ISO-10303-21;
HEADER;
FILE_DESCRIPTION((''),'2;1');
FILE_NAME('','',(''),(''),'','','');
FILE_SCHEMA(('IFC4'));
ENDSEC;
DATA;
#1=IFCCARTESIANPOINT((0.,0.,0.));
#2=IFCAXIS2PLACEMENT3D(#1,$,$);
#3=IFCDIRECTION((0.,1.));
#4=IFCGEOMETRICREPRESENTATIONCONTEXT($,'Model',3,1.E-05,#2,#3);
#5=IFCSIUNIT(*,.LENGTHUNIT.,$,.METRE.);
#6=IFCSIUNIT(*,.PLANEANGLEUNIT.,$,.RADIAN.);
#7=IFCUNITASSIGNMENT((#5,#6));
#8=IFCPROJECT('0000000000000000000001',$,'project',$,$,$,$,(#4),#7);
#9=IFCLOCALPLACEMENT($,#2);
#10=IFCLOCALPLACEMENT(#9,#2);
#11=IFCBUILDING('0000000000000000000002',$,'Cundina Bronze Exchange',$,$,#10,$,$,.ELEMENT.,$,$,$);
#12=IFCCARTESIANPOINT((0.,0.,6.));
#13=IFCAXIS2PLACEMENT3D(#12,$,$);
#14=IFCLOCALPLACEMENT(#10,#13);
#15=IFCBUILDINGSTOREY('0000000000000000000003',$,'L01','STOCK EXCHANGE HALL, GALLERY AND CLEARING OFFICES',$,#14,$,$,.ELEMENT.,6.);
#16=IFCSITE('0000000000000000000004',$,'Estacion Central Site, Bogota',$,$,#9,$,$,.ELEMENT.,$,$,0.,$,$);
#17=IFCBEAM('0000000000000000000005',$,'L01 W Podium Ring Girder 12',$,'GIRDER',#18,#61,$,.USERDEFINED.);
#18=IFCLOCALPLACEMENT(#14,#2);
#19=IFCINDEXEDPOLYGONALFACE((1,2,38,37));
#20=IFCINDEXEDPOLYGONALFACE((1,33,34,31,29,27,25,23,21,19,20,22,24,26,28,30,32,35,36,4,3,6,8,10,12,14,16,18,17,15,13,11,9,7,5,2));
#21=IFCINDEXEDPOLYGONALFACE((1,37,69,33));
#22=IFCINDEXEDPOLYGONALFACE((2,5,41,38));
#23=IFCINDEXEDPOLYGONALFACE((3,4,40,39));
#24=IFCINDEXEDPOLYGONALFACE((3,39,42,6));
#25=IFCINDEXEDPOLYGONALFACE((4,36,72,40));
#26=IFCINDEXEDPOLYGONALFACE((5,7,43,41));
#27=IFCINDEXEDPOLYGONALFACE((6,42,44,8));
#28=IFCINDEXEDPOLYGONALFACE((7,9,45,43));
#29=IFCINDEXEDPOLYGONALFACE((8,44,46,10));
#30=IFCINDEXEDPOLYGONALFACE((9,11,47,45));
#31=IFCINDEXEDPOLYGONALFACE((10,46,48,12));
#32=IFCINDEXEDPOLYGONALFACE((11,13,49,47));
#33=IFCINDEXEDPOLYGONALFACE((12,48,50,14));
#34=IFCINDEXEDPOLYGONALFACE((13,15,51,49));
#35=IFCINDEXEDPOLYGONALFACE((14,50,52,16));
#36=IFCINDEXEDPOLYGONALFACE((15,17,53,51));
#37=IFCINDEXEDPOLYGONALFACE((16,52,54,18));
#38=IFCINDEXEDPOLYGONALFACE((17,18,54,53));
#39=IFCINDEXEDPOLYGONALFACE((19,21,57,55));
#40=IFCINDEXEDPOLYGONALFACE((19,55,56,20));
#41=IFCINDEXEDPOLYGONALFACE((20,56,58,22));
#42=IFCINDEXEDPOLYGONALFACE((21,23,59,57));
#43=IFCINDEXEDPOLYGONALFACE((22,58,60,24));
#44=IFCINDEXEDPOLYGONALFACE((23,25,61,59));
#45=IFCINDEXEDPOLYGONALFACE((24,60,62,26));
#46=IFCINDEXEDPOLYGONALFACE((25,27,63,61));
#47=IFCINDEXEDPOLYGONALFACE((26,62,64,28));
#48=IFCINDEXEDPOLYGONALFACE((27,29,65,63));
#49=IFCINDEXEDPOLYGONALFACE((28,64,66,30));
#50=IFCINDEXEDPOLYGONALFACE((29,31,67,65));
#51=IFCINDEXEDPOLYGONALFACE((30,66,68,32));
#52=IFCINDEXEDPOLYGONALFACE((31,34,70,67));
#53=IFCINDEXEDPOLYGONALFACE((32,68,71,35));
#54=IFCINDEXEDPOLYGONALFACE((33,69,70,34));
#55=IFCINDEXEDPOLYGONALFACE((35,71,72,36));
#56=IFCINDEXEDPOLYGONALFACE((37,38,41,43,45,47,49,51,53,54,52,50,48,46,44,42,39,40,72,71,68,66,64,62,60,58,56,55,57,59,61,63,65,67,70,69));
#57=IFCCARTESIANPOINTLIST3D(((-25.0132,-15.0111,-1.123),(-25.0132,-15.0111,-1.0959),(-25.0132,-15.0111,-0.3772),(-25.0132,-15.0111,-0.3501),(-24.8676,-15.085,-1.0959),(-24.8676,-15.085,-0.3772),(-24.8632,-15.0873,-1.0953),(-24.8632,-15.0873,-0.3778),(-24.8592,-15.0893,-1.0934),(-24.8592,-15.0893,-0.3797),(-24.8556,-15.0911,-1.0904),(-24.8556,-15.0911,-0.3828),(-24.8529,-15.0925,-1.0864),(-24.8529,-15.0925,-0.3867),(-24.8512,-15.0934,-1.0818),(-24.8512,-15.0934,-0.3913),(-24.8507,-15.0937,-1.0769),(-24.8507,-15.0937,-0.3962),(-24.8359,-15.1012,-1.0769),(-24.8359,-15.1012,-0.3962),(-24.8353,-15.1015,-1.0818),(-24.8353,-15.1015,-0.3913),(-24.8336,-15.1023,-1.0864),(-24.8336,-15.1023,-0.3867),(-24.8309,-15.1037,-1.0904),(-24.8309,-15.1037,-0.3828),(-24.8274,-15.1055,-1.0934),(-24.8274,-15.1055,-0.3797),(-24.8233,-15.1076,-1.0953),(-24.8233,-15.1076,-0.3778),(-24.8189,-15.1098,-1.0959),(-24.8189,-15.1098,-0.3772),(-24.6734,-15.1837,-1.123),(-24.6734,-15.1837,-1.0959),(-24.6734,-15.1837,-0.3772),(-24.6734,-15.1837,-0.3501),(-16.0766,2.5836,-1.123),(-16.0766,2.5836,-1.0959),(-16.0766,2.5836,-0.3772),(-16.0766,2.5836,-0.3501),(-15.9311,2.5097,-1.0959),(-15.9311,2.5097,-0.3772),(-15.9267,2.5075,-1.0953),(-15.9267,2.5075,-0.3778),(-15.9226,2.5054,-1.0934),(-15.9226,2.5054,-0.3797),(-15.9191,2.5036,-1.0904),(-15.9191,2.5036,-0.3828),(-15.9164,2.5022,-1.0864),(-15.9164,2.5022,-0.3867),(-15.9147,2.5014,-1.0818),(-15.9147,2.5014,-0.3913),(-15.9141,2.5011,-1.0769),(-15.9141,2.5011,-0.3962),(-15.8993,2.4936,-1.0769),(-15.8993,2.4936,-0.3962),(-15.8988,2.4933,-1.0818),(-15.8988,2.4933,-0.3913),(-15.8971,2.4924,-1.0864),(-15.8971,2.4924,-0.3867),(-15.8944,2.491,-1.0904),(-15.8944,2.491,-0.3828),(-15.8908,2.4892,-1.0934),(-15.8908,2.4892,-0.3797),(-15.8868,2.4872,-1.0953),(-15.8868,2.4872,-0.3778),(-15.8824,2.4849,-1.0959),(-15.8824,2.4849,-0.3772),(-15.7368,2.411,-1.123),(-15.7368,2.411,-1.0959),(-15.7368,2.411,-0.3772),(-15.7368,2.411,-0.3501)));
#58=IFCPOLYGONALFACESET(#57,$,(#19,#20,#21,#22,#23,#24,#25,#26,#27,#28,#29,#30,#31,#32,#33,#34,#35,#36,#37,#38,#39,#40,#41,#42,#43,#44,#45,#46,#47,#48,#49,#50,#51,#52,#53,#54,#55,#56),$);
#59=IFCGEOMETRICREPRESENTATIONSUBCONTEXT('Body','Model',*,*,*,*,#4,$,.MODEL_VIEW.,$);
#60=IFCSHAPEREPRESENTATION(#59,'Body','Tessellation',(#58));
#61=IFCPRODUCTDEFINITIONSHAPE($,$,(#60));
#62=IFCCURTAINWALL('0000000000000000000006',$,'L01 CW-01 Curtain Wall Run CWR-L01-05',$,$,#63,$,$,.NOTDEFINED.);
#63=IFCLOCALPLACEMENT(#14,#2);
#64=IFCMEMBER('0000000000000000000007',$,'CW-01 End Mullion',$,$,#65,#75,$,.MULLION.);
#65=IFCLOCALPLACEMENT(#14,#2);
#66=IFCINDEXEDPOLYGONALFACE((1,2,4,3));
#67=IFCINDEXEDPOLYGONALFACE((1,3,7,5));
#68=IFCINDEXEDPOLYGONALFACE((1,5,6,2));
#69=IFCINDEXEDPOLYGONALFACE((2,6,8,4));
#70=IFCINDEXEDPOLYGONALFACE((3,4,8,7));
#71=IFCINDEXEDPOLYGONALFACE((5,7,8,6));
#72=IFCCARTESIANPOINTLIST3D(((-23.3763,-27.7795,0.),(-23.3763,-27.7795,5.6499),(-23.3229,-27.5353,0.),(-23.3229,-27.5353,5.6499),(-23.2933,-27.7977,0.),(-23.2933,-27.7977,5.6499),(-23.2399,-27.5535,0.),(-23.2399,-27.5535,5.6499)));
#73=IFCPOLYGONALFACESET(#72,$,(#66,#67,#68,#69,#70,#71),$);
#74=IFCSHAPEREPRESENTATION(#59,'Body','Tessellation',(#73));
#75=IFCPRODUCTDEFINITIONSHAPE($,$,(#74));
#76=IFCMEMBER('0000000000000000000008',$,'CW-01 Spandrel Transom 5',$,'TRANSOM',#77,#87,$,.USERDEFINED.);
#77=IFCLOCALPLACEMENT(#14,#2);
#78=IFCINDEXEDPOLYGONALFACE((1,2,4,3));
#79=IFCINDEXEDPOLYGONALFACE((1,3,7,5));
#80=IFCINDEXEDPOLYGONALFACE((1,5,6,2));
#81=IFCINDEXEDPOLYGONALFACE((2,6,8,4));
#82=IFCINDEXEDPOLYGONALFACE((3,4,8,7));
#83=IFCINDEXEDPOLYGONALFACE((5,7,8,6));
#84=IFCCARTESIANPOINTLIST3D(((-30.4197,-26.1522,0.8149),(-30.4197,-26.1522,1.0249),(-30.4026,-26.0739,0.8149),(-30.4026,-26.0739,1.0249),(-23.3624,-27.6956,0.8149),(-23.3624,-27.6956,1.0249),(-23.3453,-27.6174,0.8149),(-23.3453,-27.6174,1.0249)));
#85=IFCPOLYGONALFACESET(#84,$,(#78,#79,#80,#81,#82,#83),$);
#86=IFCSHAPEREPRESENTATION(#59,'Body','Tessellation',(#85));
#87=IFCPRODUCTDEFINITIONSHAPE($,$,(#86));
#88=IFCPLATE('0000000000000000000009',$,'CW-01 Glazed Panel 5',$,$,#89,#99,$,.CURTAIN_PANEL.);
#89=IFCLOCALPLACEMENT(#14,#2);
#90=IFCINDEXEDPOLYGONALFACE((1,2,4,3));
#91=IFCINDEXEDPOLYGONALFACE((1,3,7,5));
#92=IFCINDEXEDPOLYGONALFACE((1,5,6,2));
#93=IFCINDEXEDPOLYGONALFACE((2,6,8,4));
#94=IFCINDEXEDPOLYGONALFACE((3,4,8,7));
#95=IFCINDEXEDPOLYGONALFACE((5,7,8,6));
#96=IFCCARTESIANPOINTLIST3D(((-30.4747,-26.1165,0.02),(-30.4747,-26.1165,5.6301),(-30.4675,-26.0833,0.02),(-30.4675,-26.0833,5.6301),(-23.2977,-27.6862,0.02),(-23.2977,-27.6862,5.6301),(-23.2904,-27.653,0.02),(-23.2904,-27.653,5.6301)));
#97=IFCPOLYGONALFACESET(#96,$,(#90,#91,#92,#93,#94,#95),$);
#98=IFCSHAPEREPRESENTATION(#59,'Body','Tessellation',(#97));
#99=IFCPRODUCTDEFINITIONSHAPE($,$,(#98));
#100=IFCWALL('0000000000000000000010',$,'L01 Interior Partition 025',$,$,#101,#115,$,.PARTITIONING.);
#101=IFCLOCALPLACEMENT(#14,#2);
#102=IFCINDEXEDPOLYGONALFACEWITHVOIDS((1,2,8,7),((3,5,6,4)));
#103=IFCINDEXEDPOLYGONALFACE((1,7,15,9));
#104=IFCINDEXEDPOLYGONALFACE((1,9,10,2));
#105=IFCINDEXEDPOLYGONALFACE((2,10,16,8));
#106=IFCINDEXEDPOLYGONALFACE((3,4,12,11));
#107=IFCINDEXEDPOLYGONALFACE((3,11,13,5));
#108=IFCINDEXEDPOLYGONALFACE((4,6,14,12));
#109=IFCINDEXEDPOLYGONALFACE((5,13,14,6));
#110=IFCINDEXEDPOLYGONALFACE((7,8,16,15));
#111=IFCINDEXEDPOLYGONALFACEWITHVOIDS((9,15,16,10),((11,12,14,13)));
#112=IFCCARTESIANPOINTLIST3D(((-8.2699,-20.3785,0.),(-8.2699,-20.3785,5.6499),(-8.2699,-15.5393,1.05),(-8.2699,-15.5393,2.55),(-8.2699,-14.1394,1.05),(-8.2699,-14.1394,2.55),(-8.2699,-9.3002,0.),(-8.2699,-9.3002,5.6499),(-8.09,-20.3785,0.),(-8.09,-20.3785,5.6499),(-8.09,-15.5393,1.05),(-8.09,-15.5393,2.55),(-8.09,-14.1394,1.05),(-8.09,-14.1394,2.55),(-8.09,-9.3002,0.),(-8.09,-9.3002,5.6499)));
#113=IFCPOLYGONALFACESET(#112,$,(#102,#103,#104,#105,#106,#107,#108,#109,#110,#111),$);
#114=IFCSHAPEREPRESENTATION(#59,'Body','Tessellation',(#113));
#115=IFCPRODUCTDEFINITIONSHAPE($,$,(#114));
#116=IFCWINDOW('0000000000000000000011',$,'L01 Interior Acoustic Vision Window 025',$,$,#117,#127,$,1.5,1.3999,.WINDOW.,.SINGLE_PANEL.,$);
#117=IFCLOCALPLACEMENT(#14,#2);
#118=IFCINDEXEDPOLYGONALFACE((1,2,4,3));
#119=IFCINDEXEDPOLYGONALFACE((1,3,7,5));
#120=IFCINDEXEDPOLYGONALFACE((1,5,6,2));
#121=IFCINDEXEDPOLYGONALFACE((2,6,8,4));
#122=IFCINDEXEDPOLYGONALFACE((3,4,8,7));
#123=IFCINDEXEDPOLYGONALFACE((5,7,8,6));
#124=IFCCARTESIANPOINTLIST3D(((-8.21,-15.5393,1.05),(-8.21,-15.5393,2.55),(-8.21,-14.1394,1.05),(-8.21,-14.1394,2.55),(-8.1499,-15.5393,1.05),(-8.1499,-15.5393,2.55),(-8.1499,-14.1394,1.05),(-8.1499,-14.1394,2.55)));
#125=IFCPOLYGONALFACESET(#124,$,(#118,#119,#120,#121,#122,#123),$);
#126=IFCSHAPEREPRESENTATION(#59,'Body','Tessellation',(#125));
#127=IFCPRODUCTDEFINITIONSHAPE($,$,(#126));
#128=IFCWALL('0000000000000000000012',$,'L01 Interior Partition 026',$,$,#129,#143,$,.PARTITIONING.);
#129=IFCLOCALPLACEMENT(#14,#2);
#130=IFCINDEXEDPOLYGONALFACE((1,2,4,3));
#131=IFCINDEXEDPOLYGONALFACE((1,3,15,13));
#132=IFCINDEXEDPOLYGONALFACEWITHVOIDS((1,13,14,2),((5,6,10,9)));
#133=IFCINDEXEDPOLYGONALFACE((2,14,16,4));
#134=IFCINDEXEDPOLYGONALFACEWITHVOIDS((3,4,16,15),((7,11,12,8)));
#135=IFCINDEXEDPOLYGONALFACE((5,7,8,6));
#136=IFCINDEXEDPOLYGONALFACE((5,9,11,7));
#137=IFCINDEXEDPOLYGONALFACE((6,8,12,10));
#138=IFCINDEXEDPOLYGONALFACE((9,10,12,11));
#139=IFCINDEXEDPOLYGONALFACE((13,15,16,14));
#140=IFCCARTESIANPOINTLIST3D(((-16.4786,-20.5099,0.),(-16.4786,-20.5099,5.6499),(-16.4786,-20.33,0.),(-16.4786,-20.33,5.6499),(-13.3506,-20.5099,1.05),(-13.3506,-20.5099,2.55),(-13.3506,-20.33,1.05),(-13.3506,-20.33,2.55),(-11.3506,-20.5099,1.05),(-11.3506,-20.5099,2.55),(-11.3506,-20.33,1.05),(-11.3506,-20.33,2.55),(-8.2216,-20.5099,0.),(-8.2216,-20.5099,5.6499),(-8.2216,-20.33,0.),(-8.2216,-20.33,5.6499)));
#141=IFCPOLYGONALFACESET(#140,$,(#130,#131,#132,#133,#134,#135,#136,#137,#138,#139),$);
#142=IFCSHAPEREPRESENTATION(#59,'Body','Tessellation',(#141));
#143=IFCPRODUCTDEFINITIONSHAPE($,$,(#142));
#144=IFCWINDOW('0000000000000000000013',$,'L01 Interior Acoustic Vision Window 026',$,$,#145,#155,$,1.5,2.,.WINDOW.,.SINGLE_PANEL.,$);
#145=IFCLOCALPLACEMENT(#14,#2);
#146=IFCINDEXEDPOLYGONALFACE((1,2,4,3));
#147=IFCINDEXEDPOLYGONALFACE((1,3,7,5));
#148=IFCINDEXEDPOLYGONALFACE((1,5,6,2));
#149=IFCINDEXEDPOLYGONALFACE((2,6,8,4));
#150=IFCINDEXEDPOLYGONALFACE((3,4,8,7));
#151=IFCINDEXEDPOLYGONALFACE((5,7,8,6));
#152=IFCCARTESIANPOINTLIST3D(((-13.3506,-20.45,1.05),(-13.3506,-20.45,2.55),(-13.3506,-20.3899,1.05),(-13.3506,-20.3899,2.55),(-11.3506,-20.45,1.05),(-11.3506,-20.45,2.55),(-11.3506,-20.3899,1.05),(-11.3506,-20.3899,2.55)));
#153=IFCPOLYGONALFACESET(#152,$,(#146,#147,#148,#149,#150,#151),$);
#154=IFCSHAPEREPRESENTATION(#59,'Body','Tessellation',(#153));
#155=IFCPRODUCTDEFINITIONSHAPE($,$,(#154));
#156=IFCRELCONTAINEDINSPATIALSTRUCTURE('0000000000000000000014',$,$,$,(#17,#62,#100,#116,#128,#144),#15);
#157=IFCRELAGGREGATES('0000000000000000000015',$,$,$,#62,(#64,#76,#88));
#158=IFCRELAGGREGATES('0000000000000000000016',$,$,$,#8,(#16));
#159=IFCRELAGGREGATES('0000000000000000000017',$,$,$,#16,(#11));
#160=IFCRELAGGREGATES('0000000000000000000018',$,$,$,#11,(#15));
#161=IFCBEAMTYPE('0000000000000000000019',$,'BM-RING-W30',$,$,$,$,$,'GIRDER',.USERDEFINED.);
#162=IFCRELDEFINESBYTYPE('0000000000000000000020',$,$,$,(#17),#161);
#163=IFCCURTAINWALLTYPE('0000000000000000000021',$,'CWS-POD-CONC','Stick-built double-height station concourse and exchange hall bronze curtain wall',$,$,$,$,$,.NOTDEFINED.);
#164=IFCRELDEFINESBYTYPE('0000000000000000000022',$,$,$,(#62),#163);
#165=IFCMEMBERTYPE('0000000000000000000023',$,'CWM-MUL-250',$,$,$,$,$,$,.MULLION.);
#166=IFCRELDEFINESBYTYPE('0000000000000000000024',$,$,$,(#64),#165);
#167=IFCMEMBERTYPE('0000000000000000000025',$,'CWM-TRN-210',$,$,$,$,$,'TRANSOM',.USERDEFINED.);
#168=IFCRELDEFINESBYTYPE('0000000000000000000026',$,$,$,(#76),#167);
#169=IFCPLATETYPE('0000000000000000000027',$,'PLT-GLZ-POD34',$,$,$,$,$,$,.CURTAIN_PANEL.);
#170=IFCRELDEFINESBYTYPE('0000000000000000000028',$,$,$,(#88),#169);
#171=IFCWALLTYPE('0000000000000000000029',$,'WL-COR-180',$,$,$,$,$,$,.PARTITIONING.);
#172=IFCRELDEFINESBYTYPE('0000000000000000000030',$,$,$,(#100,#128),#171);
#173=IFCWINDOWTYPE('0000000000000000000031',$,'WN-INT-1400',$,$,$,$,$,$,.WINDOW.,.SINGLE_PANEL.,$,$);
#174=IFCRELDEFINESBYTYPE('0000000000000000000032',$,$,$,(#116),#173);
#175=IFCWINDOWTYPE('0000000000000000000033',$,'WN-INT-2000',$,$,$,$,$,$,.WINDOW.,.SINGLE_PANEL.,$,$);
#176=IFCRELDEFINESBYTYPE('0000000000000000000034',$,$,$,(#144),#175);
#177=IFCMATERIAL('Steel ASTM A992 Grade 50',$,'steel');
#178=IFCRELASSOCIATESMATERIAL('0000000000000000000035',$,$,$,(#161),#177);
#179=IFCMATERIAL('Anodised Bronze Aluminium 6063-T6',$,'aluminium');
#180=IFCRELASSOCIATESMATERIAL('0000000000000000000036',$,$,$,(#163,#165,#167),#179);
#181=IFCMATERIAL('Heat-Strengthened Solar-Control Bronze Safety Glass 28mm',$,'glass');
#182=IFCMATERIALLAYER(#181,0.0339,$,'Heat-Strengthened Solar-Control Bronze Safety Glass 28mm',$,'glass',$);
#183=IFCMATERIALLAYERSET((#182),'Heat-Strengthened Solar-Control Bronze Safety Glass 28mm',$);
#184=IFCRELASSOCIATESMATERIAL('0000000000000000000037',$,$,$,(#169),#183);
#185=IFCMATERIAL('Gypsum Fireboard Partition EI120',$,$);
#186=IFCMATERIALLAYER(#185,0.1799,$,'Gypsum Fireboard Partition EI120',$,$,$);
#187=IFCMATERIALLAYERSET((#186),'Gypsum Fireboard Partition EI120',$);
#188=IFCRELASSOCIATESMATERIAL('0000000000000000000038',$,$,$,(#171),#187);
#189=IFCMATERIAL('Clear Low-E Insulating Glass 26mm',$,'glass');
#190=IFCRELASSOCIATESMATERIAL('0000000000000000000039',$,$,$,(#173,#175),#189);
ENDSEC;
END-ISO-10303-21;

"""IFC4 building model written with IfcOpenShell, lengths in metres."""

from ifc_helpers import new_model, si_unit, direction, frame, frame_2d, origin, origin_2d, place, context, subcontext, project, spatial, rectangle, i_section, extrude, material, layer, layer_set, material_profile, profile_set, type_object, element, fill, aggregate, save


model = new_model("IFC4")

# Units and contexts
model_context = context("Model", 3, precision=1e-05, world=origin(), true_north=direction((0.0, 1.0)))
body_context = subcontext(model_context, "Body", "Model", "MODEL_VIEW")
ifc_project = project(units=[si_unit("LENGTHUNIT", "METRE"), si_unit("PLANEANGLEUNIT", "RADIAN")], contexts=[model_context])

# Site, building, storey
site_placement = place(None, origin())
site = spatial("IfcSite", under=ifc_project, at=site_placement, Name="Estacion Central Site, Bogota", CompositionType="ELEMENT", RefElevation=0.0)
building_placement = place(site_placement, origin())
building = spatial("IfcBuilding", under=site, at=building_placement, Name="Cundina Bronze Exchange", CompositionType="ELEMENT")
storey_placement = place(building_placement, frame((0.0, 0.0, 6.0)))
storey = spatial("IfcBuildingStorey", under=building, at=storey_placement, Name="L01", Description="STOCK EXCHANGE HALL, GALLERY AND CLEARING OFFICES", CompositionType="ELEMENT", Elevation=6.0)

# Beam
ifc_material_1 = material(Name="Steel ASTM A992 Grade 50", Category="steel")
ifc_material_profile_1 = material_profile(ifc_material_1, i_section(OverallWidth=0.3811, OverallDepth=0.7729, WebThickness=0.0166, FlangeThickness=0.0271, FilletRadius=0.019, at=origin_2d()), Name="W30X173", Category="steel")
ifc_profile_set_1 = profile_set([ifc_material_profile_1], Name="Steel ASTM A992 Grade 50")
beam_type_1 = type_object("IfcBeamType", Name="BM-RING-W30", ElementType="GIRDER", PredefinedType="USERDEFINED", material=ifc_profile_set_1)
beam_1_placement = place(storey_placement, frame((-24.8433, -15.0974, -0.7366), z_axis=(0.452846, 0.891589, 0.0), x_axis=(-0.891589, 0.452846, 0.0)))
element("IfcBeam", 1, at=beam_1_placement, inside=storey, type_object=beam_type_1, Name="L01 W Podium Ring Girder 12", ObjectType="GIRDER", PredefinedType="USERDEFINED", context=body_context, shape_type="SweptSolid", body=[
    extrude(i_section(OverallWidth=0.3811, OverallDepth=0.7729, WebThickness=0.0166, FlangeThickness=0.0271, FilletRadius=0.019, at=origin_2d()), origin(), (0.0, 0.0, 1.0), 19.7341),
])

# Curtain wall, members, plate
ifc_material_2 = material(Name="Anodised Bronze Aluminium 6063-T6", Category="aluminium")
curtain_wall_type = type_object("IfcCurtainWallType", Name="CWS-POD-CONC", Description="Stick-built double-height station concourse and exchange hall bronze curtain wall", PredefinedType="NOTDEFINED", material=ifc_material_2)
curtain_wall_placement = place(storey_placement, origin())
curtain_wall = element("IfcCurtainWall", 2, at=curtain_wall_placement, inside=storey, type_object=curtain_wall_type, Name="L01 CW-01 Curtain Wall Run CWR-L01-05", PredefinedType="NOTDEFINED")
ifc_material_profile_2 = material_profile(ifc_material_2, rectangle(XDim=0.085, YDim=0.25, at=origin_2d()), Name="AL85X250", Category="aluminium")
ifc_profile_set_2 = profile_set([ifc_material_profile_2], Name="Anodised Bronze Aluminium 6063-T6")
member_type_1 = type_object("IfcMemberType", Name="CWM-MUL-250", PredefinedType="MULLION", material=ifc_profile_set_2)
member_1_placement = place(storey_placement, frame((-23.3081, -27.6665, 0.0), z_axis=(0.0, 0.0, 1.0), x_axis=(0.976897, -0.213712, 0.0)))
member_1 = element("IfcMember", 3, at=member_1_placement, type_object=member_type_1, Name="CW-01 End Mullion", PredefinedType="MULLION", context=body_context, shape_type="SweptSolid", body=[
    extrude(rectangle(XDim=0.085, YDim=0.25, at=origin_2d()), origin(), (0.0, 0.0, 1.0), 5.6499),
])
ifc_material_profile_3 = material_profile(ifc_material_2, rectangle(XDim=0.0801, YDim=0.21, at=origin_2d()), Name="AL80X210", Category="aluminium")
ifc_profile_set_3 = profile_set([ifc_material_profile_3], Name="Anodised Bronze Aluminium 6063-T6")
member_type_2 = type_object("IfcMemberType", Name="CWM-TRN-210", ElementType="TRANSOM", PredefinedType="USERDEFINED", material=ifc_profile_set_3)
member_2_placement = place(storey_placement, frame((-30.4111, -26.113, 0.9199), z_axis=(0.97691, -0.213652, 0.0), x_axis=(0.213652, 0.97691, 0.0)))
member_2 = element("IfcMember", 4, at=member_2_placement, type_object=member_type_2, Name="CW-01 Spandrel Transom 5", ObjectType="TRANSOM", PredefinedType="USERDEFINED", context=body_context, shape_type="SweptSolid", body=[
    extrude(rectangle(XDim=0.0801, YDim=0.21, at=origin_2d()), origin(), (0.0, 0.0, 1.0), 7.2241),
])
ifc_material_3 = material(Name="Heat-Strengthened Solar-Control Bronze Safety Glass 28mm", Category="glass")
ifc_layer_1 = layer(ifc_material_3, 0.0339, Name="Heat-Strengthened Solar-Control Bronze Safety Glass 28mm", Category="glass")
ifc_layer_set_1 = layer_set([ifc_layer_1], Name="Heat-Strengthened Solar-Control Bronze Safety Glass 28mm")
plate_type = type_object("IfcPlateType", Name="PLT-GLZ-POD34", PredefinedType="CURTAIN_PANEL", material=ifc_layer_set_1)
plate_placement = place(storey_placement, frame((-26.8826, -26.8848, 0.02), z_axis=(0.0, 0.0, 1.0), x_axis=(0.976908, -0.213661, 0.0)))
plate = element("IfcPlate", 5, at=plate_placement, type_object=plate_type, Name="CW-01 Glazed Panel 5", PredefinedType="CURTAIN_PANEL", context=body_context, shape_type="SweptSolid", body=[
    extrude(rectangle(XDim=7.3467, YDim=0.0339, at=origin_2d()), origin(), (0.0, 0.0, 1.0), 5.6101),
])
aggregate(curtain_wall, [member_1, member_2, plate])

# Walls, openings, windows
ifc_material_4 = material(Name="Gypsum Fireboard Partition EI120")
ifc_layer_2 = layer(ifc_material_4, 0.1799, Name="Gypsum Fireboard Partition EI120")
ifc_layer_set_2 = layer_set([ifc_layer_2], Name="Gypsum Fireboard Partition EI120")
wall_type_1 = type_object("IfcWallType", Name="WL-COR-180", PredefinedType="PARTITIONING", material=ifc_layer_set_2)
wall_1_placement = place(storey_placement, frame((-8.1799, -20.3784, 0.0), z_axis=(0.0, 0.0, 1.0), x_axis=(0.0, 1.0, 0.0)))
wall_1 = element("IfcWall", 6, at=wall_1_placement, inside=storey, type_object=wall_type_1, Name="L01 Interior Partition 025", PredefinedType="PARTITIONING", context=body_context, shape_type="SweptSolid", body=[
    extrude(rectangle(XDim=11.0784, YDim=0.1799, at=frame_2d((5.5391, 0.0))), origin(), (0.0, 0.0, 1.0), 5.6499),
])
opening_1_placement = place(wall_1_placement, frame((4.8391, 0.0, 1.05)))
opening_1 = element("IfcOpeningElement", 7, at=opening_1_placement, cuts=wall_1, PredefinedType="OPENING", context=body_context, shape_type="SweptSolid", body=[
    extrude(rectangle(XDim=1.3999, YDim=1.5, at=frame_2d((0.7, 0.75))), frame((0.0, 0.0999, 0.0), z_axis=(0.0, -1.0, 0.0), x_axis=(1.0, 0.0, 0.0)), (0.0, 0.0, 1.0), 0.2),
])
ifc_material_5 = material(Name="Clear Low-E Insulating Glass 26mm", Category="glass")
window_type_1 = type_object("IfcWindowType", Name="WN-INT-1400", PartitioningType="SINGLE_PANEL", PredefinedType="WINDOW", material=ifc_material_5)
window_1_placement = place(opening_1_placement, origin())
window_1 = element("IfcWindow", 8, at=window_1_placement, inside=storey, type_object=window_type_1, Name="L01 Interior Acoustic Vision Window 025", OverallHeight=1.5, OverallWidth=1.3999, PartitioningType="SINGLE_PANEL", PredefinedType="WINDOW", context=body_context, shape_type="SweptSolid", body=[
    extrude(rectangle(XDim=1.3999, YDim=1.5, at=frame_2d((0.7, 0.75))), frame((0.0, 0.03, 0.0), z_axis=(0.0, -1.0, 0.0), x_axis=(1.0, 0.0, 0.0)), (0.0, 0.0, 1.0), 0.0601),
])
fill(opening_1, window_1)
wall_2_placement = place(storey_placement, frame((-16.4785, -20.4199, 0.0), z_axis=(0.0, 0.0, 1.0), x_axis=(1.0, 0.0, 0.0)))
wall_2 = element("IfcWall", 9, at=wall_2_placement, inside=storey, type_object=wall_type_1, Name="L01 Interior Partition 026", PredefinedType="PARTITIONING", context=body_context, shape_type="SweptSolid", body=[
    extrude(rectangle(XDim=8.2571, YDim=0.1799, at=frame_2d((4.1284, 0.0))), origin(), (0.0, 0.0, 1.0), 5.6499),
])
opening_2_placement = place(wall_2_placement, frame((3.1279, 0.0, 1.05)))
opening_2 = element("IfcOpeningElement", 10, at=opening_2_placement, cuts=wall_2, PredefinedType="OPENING", context=body_context, shape_type="SweptSolid", body=[
    extrude(rectangle(XDim=2.0, YDim=1.5, at=frame_2d((1.0, 0.75))), frame((0.0, 0.0999, 0.0), z_axis=(0.0, -1.0, 0.0), x_axis=(1.0, 0.0, 0.0)), (0.0, 0.0, 1.0), 0.2),
])
window_type_2 = type_object("IfcWindowType", Name="WN-INT-2000", PartitioningType="SINGLE_PANEL", PredefinedType="WINDOW", material=ifc_material_5)
window_2_placement = place(opening_2_placement, origin())
window_2 = element("IfcWindow", 11, at=window_2_placement, inside=storey, type_object=window_type_2, Name="L01 Interior Acoustic Vision Window 026", OverallHeight=1.5, OverallWidth=2.0, PartitioningType="SINGLE_PANEL", PredefinedType="WINDOW", context=body_context, shape_type="SweptSolid", body=[
    extrude(rectangle(XDim=2.0, YDim=1.5, at=frame_2d((1.0, 0.75))), frame((0.0, 0.03, 0.0), z_axis=(0.0, -1.0, 0.0), x_axis=(1.0, 0.0, 0.0)), (0.0, 0.0, 1.0), 0.0601),
])
fill(opening_2, window_2)

save(model, "model.ifc")
